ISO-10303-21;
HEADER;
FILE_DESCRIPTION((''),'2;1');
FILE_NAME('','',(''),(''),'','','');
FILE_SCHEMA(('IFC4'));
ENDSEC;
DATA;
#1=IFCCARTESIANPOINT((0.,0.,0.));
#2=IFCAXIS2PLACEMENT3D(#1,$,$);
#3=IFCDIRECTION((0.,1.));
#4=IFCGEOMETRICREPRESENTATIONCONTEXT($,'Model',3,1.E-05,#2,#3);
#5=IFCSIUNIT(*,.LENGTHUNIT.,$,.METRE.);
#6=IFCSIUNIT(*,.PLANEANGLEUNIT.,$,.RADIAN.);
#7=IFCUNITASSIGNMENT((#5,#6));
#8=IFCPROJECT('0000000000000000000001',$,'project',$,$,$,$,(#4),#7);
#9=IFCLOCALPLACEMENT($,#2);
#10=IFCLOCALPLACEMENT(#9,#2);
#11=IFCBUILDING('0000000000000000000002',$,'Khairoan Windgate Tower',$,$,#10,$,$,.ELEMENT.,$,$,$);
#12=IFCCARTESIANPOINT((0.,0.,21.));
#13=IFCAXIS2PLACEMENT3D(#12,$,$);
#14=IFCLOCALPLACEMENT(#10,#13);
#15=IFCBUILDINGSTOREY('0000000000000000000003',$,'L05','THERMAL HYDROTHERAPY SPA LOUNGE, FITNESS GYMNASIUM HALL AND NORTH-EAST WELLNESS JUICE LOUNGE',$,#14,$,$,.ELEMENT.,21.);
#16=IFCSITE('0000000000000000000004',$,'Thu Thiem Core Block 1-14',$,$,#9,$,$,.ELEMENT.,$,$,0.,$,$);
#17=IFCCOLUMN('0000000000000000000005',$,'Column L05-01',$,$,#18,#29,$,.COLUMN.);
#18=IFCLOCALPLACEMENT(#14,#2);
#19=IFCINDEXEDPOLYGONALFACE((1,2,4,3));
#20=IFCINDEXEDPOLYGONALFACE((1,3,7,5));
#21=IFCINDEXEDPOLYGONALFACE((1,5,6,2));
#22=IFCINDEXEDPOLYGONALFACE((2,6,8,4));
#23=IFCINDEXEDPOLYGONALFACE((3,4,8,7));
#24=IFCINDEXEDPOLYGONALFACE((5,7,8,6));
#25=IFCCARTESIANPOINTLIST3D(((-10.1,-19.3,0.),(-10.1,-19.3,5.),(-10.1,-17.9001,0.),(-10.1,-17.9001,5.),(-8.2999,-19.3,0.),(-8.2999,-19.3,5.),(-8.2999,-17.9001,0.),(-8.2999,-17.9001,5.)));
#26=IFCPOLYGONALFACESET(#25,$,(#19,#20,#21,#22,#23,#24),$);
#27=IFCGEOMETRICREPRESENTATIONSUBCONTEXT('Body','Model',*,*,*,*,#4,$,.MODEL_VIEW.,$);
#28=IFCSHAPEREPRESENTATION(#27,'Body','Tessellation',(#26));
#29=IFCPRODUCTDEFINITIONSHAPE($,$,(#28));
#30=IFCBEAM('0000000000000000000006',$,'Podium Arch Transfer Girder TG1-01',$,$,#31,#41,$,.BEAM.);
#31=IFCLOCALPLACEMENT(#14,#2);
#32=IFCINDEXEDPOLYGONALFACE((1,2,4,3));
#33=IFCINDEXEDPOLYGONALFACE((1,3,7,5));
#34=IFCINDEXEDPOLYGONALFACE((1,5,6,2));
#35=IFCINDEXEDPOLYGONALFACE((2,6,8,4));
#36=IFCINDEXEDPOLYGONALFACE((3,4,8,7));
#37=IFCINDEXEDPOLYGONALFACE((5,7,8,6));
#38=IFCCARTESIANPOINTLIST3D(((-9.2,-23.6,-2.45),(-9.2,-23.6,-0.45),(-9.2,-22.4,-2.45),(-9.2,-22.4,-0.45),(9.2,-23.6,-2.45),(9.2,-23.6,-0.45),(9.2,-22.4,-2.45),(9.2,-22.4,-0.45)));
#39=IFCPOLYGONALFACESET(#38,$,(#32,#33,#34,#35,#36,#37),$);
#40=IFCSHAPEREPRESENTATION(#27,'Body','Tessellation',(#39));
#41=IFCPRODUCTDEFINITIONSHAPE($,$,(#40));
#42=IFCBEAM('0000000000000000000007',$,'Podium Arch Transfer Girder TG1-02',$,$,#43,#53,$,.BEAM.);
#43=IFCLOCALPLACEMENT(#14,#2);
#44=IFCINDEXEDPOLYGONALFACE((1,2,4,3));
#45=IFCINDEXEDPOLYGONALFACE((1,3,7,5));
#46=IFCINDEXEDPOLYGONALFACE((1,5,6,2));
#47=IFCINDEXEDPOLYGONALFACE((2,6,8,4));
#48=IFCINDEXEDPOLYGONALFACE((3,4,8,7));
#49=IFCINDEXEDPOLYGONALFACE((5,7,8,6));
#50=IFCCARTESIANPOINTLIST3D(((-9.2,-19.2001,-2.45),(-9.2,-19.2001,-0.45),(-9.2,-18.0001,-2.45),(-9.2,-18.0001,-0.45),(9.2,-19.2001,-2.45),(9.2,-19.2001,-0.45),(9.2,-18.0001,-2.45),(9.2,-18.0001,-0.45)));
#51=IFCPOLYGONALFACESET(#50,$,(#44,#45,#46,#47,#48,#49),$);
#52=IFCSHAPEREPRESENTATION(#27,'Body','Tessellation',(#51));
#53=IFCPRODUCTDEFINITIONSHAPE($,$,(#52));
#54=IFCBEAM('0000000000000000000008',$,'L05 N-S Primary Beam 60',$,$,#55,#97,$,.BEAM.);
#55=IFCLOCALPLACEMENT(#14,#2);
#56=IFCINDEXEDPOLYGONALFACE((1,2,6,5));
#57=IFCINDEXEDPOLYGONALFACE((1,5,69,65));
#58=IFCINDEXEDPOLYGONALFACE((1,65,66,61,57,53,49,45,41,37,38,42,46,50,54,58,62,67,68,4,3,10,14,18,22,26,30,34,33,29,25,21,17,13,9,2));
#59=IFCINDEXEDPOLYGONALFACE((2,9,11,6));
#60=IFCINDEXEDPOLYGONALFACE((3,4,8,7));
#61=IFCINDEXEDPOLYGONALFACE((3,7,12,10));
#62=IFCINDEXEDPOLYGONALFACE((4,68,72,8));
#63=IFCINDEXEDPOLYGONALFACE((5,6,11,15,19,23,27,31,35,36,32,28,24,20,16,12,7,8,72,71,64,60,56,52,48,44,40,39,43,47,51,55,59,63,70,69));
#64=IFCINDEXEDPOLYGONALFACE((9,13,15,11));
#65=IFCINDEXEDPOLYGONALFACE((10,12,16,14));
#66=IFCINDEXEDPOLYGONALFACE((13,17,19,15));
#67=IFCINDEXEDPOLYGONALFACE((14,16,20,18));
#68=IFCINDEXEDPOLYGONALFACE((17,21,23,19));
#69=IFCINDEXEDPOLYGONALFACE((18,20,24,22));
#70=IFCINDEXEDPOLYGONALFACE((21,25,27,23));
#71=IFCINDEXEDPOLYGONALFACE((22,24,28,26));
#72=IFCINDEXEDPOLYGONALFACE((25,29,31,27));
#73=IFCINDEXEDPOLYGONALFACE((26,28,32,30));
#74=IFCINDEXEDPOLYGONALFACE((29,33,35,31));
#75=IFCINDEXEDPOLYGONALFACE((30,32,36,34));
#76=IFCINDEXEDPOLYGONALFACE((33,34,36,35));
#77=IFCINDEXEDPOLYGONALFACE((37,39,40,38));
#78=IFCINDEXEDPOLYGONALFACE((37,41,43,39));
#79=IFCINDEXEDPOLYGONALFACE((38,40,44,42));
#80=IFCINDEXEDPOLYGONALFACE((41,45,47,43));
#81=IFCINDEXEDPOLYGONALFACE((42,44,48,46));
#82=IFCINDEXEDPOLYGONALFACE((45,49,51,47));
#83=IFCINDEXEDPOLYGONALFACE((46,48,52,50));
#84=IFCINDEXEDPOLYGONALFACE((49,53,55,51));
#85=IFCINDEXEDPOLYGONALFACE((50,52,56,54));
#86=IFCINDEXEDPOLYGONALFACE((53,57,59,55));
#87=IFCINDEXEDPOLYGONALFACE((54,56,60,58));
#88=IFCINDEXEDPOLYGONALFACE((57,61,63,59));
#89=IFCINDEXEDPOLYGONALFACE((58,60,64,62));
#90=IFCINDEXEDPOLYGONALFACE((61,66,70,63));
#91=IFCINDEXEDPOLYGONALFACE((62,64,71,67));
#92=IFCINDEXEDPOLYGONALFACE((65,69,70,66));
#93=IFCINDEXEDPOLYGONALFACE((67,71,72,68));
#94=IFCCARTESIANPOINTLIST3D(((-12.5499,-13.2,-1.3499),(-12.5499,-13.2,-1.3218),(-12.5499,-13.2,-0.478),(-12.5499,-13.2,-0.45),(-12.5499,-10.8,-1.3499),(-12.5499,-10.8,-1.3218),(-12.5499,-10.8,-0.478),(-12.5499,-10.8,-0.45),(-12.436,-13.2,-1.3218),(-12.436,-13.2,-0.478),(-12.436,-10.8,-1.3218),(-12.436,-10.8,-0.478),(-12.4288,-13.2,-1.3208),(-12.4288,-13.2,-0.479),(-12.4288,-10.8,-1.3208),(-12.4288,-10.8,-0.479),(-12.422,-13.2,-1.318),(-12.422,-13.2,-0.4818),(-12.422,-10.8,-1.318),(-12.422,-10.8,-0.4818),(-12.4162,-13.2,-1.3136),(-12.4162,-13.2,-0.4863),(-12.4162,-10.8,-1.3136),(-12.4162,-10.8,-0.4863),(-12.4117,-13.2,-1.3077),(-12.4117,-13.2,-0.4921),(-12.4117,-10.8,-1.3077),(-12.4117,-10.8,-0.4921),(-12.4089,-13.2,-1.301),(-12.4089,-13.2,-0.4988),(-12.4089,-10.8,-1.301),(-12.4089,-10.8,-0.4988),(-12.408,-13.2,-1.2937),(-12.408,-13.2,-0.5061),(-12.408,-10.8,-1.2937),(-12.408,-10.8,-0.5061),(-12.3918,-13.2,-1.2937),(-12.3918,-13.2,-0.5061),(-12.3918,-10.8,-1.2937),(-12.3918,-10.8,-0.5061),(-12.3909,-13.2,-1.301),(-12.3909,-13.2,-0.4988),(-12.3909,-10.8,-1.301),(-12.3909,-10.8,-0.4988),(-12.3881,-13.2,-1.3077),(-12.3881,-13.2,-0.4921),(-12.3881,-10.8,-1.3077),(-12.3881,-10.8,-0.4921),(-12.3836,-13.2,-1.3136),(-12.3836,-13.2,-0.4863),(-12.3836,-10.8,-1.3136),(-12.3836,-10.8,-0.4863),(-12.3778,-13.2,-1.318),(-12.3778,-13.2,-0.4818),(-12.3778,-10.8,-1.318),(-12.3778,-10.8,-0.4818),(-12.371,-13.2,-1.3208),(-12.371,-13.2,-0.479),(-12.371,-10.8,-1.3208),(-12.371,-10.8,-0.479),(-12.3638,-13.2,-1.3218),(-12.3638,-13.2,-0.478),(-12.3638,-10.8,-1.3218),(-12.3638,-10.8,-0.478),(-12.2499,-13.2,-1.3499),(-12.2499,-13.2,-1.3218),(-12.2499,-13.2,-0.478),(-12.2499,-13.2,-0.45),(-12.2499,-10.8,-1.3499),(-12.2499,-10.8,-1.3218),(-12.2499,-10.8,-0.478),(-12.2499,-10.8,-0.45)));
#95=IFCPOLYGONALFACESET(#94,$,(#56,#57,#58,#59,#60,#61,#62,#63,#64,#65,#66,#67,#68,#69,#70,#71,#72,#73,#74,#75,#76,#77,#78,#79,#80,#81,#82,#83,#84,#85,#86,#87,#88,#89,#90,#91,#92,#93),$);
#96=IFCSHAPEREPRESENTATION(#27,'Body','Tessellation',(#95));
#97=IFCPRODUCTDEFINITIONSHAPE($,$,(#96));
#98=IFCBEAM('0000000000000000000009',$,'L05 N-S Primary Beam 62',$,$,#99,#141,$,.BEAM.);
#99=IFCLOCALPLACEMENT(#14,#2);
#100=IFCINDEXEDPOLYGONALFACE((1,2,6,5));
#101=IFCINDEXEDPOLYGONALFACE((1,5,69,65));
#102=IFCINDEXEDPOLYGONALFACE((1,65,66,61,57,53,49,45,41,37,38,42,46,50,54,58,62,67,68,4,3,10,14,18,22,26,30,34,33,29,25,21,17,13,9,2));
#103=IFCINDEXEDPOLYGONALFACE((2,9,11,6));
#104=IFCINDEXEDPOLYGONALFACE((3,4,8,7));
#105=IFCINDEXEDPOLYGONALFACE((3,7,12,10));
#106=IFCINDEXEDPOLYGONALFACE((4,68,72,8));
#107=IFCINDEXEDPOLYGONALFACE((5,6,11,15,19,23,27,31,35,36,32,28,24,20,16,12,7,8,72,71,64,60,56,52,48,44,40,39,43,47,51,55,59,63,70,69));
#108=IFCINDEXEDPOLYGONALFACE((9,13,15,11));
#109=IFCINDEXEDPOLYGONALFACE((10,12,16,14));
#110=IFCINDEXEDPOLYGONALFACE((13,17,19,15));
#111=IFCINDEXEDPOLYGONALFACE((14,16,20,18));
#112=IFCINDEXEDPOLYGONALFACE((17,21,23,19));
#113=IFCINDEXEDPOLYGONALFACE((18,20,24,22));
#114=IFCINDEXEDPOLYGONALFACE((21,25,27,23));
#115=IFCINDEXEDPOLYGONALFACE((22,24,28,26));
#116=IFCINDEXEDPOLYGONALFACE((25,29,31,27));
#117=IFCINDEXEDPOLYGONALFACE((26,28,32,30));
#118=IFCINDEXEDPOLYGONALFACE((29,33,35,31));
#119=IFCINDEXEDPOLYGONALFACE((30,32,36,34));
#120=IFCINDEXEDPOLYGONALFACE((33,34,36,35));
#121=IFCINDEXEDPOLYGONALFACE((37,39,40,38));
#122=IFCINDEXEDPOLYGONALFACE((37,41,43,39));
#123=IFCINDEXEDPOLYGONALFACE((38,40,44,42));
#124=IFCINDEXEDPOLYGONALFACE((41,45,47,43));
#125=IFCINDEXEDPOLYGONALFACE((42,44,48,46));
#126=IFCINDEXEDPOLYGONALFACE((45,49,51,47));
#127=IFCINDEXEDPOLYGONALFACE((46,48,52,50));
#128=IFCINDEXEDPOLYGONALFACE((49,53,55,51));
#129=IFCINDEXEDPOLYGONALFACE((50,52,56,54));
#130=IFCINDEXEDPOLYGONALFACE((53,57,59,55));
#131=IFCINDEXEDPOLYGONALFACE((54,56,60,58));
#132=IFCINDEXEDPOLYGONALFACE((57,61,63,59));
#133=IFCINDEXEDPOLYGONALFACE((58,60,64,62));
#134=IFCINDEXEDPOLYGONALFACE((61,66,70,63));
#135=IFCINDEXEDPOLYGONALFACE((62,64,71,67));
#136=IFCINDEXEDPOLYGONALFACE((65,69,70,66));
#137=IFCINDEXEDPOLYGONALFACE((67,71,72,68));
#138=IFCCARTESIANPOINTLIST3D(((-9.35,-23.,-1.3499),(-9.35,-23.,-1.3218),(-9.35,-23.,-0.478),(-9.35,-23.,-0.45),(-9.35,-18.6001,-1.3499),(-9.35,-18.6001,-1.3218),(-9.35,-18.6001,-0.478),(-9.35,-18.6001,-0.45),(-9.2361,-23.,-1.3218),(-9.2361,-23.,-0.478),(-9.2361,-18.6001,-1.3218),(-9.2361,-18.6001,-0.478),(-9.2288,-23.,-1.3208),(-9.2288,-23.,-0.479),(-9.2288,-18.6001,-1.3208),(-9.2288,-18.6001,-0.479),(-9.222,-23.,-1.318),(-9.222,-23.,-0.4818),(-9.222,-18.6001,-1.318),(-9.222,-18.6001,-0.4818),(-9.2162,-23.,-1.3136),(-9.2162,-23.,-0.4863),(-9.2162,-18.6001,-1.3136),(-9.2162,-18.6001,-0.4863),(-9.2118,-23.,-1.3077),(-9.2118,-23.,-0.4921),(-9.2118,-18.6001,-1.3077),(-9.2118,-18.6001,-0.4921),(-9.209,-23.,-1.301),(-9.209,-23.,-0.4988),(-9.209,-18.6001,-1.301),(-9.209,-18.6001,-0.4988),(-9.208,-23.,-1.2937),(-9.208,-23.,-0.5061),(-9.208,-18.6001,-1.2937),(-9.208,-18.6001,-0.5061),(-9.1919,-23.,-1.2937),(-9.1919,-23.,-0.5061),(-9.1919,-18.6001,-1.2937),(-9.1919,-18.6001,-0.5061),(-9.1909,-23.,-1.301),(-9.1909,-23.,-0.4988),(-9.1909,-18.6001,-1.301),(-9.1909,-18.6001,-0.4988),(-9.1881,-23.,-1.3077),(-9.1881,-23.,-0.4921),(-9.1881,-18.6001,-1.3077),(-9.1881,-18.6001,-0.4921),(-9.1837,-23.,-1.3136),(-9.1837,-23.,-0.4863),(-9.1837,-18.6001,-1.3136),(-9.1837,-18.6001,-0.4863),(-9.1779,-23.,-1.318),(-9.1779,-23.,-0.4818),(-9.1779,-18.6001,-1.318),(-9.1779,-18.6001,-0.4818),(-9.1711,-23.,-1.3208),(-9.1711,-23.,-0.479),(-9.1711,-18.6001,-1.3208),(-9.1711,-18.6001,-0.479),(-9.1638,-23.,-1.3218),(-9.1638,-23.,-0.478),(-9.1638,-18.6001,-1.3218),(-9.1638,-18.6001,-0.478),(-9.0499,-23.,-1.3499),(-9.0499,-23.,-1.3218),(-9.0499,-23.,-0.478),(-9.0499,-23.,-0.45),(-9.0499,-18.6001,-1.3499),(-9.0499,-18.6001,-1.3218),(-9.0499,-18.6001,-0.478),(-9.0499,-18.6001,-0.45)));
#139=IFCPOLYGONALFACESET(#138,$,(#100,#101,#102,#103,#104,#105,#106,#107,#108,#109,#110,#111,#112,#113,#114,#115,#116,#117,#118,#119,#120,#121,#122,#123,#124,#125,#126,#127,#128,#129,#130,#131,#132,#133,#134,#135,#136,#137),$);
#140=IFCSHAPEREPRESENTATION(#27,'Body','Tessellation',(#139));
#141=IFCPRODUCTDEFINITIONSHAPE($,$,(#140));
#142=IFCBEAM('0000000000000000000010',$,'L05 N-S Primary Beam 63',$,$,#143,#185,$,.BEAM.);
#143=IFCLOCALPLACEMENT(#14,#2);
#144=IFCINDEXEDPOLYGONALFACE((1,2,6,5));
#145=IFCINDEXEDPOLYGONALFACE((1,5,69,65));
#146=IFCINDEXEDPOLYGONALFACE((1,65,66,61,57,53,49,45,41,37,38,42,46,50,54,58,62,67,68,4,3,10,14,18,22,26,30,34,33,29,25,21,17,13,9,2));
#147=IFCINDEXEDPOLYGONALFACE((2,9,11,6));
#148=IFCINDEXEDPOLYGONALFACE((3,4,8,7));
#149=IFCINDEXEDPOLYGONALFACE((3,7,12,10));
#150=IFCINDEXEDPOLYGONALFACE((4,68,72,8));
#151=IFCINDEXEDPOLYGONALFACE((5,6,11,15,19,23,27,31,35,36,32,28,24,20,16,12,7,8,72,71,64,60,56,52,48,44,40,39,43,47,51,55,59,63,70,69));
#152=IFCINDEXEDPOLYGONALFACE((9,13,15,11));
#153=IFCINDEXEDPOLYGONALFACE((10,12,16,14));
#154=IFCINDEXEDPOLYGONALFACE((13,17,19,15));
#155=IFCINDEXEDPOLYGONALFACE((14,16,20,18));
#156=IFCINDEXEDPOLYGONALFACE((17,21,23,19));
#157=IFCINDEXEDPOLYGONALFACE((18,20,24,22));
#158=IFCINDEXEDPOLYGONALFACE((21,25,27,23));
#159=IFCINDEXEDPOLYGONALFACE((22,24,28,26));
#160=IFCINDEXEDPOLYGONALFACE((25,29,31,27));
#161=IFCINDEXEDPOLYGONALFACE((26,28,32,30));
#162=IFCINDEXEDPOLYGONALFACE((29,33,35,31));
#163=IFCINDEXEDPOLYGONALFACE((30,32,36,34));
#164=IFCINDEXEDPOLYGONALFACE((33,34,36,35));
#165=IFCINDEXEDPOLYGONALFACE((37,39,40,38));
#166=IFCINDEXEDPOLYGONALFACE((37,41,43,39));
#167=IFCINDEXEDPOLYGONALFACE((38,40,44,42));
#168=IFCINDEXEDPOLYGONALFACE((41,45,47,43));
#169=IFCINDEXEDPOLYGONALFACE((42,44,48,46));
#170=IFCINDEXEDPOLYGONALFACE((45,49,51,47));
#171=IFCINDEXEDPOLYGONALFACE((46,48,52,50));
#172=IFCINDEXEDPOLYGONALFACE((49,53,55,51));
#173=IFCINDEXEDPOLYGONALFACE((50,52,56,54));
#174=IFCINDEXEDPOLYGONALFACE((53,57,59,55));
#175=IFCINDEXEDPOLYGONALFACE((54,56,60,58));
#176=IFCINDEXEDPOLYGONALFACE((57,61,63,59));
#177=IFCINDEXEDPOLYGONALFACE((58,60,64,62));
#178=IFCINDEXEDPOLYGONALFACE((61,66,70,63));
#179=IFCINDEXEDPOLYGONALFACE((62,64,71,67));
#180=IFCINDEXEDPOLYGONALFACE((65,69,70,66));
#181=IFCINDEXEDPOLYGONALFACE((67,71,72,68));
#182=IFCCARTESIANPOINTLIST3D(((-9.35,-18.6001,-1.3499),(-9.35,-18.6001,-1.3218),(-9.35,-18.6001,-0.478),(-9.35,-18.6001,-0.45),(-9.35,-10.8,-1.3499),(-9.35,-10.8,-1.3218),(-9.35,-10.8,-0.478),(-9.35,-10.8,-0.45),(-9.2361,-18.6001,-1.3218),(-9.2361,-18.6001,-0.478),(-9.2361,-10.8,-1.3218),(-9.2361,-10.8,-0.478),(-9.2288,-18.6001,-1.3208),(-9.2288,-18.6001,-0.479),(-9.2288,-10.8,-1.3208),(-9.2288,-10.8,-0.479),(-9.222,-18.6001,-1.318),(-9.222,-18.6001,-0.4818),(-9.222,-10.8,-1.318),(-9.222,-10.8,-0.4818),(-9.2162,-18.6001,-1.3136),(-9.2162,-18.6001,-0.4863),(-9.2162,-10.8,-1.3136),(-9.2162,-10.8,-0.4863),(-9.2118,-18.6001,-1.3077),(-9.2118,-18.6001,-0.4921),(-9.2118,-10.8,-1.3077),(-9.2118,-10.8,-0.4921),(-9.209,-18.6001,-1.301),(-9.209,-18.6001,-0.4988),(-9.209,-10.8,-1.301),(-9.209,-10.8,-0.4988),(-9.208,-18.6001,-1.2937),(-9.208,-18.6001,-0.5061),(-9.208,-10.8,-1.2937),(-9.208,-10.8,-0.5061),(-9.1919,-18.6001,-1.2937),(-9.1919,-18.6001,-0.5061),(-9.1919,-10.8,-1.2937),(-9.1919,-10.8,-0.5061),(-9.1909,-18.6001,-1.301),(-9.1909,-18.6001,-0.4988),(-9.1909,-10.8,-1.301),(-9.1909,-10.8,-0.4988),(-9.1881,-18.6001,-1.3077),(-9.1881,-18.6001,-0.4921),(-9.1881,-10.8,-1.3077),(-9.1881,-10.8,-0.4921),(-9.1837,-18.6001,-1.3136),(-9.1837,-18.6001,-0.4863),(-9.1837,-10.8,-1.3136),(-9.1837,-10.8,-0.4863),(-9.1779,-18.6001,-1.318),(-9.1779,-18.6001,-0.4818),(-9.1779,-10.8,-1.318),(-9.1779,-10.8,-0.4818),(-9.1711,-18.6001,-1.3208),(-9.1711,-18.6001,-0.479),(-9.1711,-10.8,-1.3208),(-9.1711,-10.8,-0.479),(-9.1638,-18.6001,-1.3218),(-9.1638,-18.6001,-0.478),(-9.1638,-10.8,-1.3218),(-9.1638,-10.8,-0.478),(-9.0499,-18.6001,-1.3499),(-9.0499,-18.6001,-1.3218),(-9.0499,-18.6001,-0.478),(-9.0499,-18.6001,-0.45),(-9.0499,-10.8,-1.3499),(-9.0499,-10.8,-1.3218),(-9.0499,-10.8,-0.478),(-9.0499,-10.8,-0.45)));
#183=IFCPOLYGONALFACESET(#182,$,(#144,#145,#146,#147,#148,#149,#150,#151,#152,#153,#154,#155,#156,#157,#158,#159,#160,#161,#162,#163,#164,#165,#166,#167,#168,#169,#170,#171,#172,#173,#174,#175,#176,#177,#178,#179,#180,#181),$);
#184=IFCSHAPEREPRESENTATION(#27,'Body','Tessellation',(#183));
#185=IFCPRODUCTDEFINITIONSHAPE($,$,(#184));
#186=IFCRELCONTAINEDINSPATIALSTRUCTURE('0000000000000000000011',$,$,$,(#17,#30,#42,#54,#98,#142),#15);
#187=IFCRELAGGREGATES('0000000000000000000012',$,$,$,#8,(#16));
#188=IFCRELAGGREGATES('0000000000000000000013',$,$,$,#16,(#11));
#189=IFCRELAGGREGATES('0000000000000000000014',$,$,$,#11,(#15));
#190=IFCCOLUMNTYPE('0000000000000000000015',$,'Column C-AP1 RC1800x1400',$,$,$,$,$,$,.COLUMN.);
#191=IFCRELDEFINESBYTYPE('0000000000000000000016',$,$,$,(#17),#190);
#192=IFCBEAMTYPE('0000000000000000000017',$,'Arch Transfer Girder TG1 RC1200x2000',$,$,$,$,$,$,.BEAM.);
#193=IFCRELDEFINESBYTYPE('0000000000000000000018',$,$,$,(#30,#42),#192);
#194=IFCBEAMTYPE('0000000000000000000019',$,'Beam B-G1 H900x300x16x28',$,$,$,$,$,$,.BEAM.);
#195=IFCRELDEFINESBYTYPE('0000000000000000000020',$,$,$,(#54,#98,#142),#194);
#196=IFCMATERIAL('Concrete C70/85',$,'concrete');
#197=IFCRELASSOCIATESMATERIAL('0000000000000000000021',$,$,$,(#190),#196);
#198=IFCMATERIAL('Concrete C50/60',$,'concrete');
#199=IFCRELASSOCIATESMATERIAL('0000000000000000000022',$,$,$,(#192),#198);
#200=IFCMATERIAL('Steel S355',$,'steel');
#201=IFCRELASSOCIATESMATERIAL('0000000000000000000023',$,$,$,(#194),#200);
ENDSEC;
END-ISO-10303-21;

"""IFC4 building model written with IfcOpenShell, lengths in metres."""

from ifc_helpers import new_model, si_unit, direction, frame, origin, origin_2d, place, context, subcontext, project, spatial, rectangle, i_section, extrude, material, material_profile, profile_set, type_object, element, save


model = new_model("IFC4")

# Units and contexts
model_context = context("Model", 3, precision=1e-05, world=origin(), true_north=direction((0.0, 1.0)))
body_context = subcontext(model_context, "Body", "Model", "MODEL_VIEW")
ifc_project = project(units=[si_unit("LENGTHUNIT", "METRE"), si_unit("PLANEANGLEUNIT", "RADIAN")], contexts=[model_context])

# Site, building, storey
site_placement = place(None, origin())
site = spatial("IfcSite", under=ifc_project, at=site_placement, Name="Thu Thiem Core Block 1-14", CompositionType="ELEMENT", RefElevation=0.0)
building_placement = place(site_placement, origin())
building = spatial("IfcBuilding", under=site, at=building_placement, Name="Khairoan Windgate Tower", CompositionType="ELEMENT")
storey_placement = place(building_placement, frame((0.0, 0.0, 21.0)))
storey = spatial("IfcBuildingStorey", under=building, at=storey_placement, Name="L05", Description="THERMAL HYDROTHERAPY SPA LOUNGE, FITNESS GYMNASIUM HALL AND NORTH-EAST WELLNESS JUICE LOUNGE", CompositionType="ELEMENT", Elevation=21.0)

# Column
ifc_material_1 = material(Name="Concrete C70/85", Category="concrete")
ifc_material_profile_1 = material_profile(ifc_material_1, rectangle(XDim=1.8, YDim=1.3999, at=origin_2d()))
ifc_profile_set_1 = profile_set([ifc_material_profile_1], Name="Concrete C70/85")
column_type = type_object("IfcColumnType", Name="Column C-AP1 RC1800x1400", PredefinedType="COLUMN", material=ifc_profile_set_1)
column_placement = place(storey_placement, frame((-9.2, -18.6001, 0.0), z_axis=(0.0, 0.0, 1.0), x_axis=(1.0, 0.0, 0.0)))
element("IfcColumn", 1, at=column_placement, inside=storey, type_object=column_type, Name="Column L05-01", PredefinedType="COLUMN", context=body_context, shape_type="SweptSolid", body=[
    extrude(rectangle(XDim=1.8, YDim=1.3999, at=origin_2d()), origin(), (0.0, 0.0, 1.0), 5.0),
])

# Beams
ifc_material_2 = material(Name="Concrete C50/60", Category="concrete")
ifc_material_profile_2 = material_profile(ifc_material_2, rectangle(XDim=1.2, YDim=2.0, at=origin_2d()))
ifc_profile_set_2 = profile_set([ifc_material_profile_2], Name="Concrete C50/60")
beam_type_1 = type_object("IfcBeamType", Name="Arch Transfer Girder TG1 RC1200x2000", PredefinedType="BEAM", material=ifc_profile_set_2)
for number, where, z_axis, x_axis, name in (
    (2, (-9.2, -23.0, -1.45), (1.0, 0.0, 0.0), (0.0, 1.0, 0.0), "Podium Arch Transfer Girder TG1-01"),
    (3, (-9.2, -18.6001, -1.45), (1.0, 0.0, 0.0), (0.0, 1.0, 0.0), "Podium Arch Transfer Girder TG1-02"),
):
    element("IfcBeam", number, at=place(storey_placement, frame(where, z_axis=z_axis, x_axis=x_axis)), inside=storey, type_object=beam_type_1, Name=name, PredefinedType="BEAM", context=body_context, shape_type="SweptSolid", body=[
        extrude(rectangle(XDim=1.2, YDim=2.0, at=origin_2d()), origin(), (0.0, 0.0, 1.0), 18.3999),
    ])
ifc_material_3 = material(Name="Steel S355", Category="steel")
ifc_material_profile_3 = material_profile(ifc_material_3, i_section(OverallWidth=0.3, OverallDepth=0.8999, WebThickness=0.0161, FlangeThickness=0.0281, FilletRadius=0.0281, at=origin_2d()))
ifc_profile_set_3 = profile_set([ifc_material_profile_3], Name="Steel S355")
beam_type_2 = type_object("IfcBeamType", Name="Beam B-G1 H900x300x16x28", PredefinedType="BEAM", material=ifc_profile_set_3)
beam_1_placement = place(storey_placement, frame((-12.3999, -13.2, -0.8999), z_axis=(0.0, 1.0, 0.0), x_axis=(-1.0, 0.0, 0.0)))
element("IfcBeam", 4, at=beam_1_placement, inside=storey, type_object=beam_type_2, Name="L05 N-S Primary Beam 60", PredefinedType="BEAM", context=body_context, shape_type="SweptSolid", body=[
    extrude(i_section(OverallWidth=0.3, OverallDepth=0.8999, WebThickness=0.0161, FlangeThickness=0.0281, FilletRadius=0.0281, at=origin_2d()), origin(), (0.0, 0.0, 1.0), 2.3999),
])
beam_2_placement = place(storey_placement, frame((-9.2, -23.0, -0.8999), z_axis=(0.0, 1.0, 0.0), x_axis=(-1.0, 0.0, 0.0)))
element("IfcBeam", 5, at=beam_2_placement, inside=storey, type_object=beam_type_2, Name="L05 N-S Primary Beam 62", PredefinedType="BEAM", context=body_context, shape_type="SweptSolid", body=[
    extrude(i_section(OverallWidth=0.3, OverallDepth=0.8999, WebThickness=0.0161, FlangeThickness=0.0281, FilletRadius=0.0281, at=origin_2d()), origin(), (0.0, 0.0, 1.0), 4.3999),
])
beam_3_placement = place(storey_placement, frame((-9.2, -18.6001, -0.8999), z_axis=(0.0, 1.0, 0.0), x_axis=(-1.0, 0.0, 0.0)))
element("IfcBeam", 6, at=beam_3_placement, inside=storey, type_object=beam_type_2, Name="L05 N-S Primary Beam 63", PredefinedType="BEAM", context=body_context, shape_type="SweptSolid", body=[
    extrude(i_section(OverallWidth=0.3, OverallDepth=0.8999, WebThickness=0.0161, FlangeThickness=0.0281, FilletRadius=0.0281, at=origin_2d()), origin(), (0.0, 0.0, 1.0), 7.8),
])

save(model, "model.ifc")
